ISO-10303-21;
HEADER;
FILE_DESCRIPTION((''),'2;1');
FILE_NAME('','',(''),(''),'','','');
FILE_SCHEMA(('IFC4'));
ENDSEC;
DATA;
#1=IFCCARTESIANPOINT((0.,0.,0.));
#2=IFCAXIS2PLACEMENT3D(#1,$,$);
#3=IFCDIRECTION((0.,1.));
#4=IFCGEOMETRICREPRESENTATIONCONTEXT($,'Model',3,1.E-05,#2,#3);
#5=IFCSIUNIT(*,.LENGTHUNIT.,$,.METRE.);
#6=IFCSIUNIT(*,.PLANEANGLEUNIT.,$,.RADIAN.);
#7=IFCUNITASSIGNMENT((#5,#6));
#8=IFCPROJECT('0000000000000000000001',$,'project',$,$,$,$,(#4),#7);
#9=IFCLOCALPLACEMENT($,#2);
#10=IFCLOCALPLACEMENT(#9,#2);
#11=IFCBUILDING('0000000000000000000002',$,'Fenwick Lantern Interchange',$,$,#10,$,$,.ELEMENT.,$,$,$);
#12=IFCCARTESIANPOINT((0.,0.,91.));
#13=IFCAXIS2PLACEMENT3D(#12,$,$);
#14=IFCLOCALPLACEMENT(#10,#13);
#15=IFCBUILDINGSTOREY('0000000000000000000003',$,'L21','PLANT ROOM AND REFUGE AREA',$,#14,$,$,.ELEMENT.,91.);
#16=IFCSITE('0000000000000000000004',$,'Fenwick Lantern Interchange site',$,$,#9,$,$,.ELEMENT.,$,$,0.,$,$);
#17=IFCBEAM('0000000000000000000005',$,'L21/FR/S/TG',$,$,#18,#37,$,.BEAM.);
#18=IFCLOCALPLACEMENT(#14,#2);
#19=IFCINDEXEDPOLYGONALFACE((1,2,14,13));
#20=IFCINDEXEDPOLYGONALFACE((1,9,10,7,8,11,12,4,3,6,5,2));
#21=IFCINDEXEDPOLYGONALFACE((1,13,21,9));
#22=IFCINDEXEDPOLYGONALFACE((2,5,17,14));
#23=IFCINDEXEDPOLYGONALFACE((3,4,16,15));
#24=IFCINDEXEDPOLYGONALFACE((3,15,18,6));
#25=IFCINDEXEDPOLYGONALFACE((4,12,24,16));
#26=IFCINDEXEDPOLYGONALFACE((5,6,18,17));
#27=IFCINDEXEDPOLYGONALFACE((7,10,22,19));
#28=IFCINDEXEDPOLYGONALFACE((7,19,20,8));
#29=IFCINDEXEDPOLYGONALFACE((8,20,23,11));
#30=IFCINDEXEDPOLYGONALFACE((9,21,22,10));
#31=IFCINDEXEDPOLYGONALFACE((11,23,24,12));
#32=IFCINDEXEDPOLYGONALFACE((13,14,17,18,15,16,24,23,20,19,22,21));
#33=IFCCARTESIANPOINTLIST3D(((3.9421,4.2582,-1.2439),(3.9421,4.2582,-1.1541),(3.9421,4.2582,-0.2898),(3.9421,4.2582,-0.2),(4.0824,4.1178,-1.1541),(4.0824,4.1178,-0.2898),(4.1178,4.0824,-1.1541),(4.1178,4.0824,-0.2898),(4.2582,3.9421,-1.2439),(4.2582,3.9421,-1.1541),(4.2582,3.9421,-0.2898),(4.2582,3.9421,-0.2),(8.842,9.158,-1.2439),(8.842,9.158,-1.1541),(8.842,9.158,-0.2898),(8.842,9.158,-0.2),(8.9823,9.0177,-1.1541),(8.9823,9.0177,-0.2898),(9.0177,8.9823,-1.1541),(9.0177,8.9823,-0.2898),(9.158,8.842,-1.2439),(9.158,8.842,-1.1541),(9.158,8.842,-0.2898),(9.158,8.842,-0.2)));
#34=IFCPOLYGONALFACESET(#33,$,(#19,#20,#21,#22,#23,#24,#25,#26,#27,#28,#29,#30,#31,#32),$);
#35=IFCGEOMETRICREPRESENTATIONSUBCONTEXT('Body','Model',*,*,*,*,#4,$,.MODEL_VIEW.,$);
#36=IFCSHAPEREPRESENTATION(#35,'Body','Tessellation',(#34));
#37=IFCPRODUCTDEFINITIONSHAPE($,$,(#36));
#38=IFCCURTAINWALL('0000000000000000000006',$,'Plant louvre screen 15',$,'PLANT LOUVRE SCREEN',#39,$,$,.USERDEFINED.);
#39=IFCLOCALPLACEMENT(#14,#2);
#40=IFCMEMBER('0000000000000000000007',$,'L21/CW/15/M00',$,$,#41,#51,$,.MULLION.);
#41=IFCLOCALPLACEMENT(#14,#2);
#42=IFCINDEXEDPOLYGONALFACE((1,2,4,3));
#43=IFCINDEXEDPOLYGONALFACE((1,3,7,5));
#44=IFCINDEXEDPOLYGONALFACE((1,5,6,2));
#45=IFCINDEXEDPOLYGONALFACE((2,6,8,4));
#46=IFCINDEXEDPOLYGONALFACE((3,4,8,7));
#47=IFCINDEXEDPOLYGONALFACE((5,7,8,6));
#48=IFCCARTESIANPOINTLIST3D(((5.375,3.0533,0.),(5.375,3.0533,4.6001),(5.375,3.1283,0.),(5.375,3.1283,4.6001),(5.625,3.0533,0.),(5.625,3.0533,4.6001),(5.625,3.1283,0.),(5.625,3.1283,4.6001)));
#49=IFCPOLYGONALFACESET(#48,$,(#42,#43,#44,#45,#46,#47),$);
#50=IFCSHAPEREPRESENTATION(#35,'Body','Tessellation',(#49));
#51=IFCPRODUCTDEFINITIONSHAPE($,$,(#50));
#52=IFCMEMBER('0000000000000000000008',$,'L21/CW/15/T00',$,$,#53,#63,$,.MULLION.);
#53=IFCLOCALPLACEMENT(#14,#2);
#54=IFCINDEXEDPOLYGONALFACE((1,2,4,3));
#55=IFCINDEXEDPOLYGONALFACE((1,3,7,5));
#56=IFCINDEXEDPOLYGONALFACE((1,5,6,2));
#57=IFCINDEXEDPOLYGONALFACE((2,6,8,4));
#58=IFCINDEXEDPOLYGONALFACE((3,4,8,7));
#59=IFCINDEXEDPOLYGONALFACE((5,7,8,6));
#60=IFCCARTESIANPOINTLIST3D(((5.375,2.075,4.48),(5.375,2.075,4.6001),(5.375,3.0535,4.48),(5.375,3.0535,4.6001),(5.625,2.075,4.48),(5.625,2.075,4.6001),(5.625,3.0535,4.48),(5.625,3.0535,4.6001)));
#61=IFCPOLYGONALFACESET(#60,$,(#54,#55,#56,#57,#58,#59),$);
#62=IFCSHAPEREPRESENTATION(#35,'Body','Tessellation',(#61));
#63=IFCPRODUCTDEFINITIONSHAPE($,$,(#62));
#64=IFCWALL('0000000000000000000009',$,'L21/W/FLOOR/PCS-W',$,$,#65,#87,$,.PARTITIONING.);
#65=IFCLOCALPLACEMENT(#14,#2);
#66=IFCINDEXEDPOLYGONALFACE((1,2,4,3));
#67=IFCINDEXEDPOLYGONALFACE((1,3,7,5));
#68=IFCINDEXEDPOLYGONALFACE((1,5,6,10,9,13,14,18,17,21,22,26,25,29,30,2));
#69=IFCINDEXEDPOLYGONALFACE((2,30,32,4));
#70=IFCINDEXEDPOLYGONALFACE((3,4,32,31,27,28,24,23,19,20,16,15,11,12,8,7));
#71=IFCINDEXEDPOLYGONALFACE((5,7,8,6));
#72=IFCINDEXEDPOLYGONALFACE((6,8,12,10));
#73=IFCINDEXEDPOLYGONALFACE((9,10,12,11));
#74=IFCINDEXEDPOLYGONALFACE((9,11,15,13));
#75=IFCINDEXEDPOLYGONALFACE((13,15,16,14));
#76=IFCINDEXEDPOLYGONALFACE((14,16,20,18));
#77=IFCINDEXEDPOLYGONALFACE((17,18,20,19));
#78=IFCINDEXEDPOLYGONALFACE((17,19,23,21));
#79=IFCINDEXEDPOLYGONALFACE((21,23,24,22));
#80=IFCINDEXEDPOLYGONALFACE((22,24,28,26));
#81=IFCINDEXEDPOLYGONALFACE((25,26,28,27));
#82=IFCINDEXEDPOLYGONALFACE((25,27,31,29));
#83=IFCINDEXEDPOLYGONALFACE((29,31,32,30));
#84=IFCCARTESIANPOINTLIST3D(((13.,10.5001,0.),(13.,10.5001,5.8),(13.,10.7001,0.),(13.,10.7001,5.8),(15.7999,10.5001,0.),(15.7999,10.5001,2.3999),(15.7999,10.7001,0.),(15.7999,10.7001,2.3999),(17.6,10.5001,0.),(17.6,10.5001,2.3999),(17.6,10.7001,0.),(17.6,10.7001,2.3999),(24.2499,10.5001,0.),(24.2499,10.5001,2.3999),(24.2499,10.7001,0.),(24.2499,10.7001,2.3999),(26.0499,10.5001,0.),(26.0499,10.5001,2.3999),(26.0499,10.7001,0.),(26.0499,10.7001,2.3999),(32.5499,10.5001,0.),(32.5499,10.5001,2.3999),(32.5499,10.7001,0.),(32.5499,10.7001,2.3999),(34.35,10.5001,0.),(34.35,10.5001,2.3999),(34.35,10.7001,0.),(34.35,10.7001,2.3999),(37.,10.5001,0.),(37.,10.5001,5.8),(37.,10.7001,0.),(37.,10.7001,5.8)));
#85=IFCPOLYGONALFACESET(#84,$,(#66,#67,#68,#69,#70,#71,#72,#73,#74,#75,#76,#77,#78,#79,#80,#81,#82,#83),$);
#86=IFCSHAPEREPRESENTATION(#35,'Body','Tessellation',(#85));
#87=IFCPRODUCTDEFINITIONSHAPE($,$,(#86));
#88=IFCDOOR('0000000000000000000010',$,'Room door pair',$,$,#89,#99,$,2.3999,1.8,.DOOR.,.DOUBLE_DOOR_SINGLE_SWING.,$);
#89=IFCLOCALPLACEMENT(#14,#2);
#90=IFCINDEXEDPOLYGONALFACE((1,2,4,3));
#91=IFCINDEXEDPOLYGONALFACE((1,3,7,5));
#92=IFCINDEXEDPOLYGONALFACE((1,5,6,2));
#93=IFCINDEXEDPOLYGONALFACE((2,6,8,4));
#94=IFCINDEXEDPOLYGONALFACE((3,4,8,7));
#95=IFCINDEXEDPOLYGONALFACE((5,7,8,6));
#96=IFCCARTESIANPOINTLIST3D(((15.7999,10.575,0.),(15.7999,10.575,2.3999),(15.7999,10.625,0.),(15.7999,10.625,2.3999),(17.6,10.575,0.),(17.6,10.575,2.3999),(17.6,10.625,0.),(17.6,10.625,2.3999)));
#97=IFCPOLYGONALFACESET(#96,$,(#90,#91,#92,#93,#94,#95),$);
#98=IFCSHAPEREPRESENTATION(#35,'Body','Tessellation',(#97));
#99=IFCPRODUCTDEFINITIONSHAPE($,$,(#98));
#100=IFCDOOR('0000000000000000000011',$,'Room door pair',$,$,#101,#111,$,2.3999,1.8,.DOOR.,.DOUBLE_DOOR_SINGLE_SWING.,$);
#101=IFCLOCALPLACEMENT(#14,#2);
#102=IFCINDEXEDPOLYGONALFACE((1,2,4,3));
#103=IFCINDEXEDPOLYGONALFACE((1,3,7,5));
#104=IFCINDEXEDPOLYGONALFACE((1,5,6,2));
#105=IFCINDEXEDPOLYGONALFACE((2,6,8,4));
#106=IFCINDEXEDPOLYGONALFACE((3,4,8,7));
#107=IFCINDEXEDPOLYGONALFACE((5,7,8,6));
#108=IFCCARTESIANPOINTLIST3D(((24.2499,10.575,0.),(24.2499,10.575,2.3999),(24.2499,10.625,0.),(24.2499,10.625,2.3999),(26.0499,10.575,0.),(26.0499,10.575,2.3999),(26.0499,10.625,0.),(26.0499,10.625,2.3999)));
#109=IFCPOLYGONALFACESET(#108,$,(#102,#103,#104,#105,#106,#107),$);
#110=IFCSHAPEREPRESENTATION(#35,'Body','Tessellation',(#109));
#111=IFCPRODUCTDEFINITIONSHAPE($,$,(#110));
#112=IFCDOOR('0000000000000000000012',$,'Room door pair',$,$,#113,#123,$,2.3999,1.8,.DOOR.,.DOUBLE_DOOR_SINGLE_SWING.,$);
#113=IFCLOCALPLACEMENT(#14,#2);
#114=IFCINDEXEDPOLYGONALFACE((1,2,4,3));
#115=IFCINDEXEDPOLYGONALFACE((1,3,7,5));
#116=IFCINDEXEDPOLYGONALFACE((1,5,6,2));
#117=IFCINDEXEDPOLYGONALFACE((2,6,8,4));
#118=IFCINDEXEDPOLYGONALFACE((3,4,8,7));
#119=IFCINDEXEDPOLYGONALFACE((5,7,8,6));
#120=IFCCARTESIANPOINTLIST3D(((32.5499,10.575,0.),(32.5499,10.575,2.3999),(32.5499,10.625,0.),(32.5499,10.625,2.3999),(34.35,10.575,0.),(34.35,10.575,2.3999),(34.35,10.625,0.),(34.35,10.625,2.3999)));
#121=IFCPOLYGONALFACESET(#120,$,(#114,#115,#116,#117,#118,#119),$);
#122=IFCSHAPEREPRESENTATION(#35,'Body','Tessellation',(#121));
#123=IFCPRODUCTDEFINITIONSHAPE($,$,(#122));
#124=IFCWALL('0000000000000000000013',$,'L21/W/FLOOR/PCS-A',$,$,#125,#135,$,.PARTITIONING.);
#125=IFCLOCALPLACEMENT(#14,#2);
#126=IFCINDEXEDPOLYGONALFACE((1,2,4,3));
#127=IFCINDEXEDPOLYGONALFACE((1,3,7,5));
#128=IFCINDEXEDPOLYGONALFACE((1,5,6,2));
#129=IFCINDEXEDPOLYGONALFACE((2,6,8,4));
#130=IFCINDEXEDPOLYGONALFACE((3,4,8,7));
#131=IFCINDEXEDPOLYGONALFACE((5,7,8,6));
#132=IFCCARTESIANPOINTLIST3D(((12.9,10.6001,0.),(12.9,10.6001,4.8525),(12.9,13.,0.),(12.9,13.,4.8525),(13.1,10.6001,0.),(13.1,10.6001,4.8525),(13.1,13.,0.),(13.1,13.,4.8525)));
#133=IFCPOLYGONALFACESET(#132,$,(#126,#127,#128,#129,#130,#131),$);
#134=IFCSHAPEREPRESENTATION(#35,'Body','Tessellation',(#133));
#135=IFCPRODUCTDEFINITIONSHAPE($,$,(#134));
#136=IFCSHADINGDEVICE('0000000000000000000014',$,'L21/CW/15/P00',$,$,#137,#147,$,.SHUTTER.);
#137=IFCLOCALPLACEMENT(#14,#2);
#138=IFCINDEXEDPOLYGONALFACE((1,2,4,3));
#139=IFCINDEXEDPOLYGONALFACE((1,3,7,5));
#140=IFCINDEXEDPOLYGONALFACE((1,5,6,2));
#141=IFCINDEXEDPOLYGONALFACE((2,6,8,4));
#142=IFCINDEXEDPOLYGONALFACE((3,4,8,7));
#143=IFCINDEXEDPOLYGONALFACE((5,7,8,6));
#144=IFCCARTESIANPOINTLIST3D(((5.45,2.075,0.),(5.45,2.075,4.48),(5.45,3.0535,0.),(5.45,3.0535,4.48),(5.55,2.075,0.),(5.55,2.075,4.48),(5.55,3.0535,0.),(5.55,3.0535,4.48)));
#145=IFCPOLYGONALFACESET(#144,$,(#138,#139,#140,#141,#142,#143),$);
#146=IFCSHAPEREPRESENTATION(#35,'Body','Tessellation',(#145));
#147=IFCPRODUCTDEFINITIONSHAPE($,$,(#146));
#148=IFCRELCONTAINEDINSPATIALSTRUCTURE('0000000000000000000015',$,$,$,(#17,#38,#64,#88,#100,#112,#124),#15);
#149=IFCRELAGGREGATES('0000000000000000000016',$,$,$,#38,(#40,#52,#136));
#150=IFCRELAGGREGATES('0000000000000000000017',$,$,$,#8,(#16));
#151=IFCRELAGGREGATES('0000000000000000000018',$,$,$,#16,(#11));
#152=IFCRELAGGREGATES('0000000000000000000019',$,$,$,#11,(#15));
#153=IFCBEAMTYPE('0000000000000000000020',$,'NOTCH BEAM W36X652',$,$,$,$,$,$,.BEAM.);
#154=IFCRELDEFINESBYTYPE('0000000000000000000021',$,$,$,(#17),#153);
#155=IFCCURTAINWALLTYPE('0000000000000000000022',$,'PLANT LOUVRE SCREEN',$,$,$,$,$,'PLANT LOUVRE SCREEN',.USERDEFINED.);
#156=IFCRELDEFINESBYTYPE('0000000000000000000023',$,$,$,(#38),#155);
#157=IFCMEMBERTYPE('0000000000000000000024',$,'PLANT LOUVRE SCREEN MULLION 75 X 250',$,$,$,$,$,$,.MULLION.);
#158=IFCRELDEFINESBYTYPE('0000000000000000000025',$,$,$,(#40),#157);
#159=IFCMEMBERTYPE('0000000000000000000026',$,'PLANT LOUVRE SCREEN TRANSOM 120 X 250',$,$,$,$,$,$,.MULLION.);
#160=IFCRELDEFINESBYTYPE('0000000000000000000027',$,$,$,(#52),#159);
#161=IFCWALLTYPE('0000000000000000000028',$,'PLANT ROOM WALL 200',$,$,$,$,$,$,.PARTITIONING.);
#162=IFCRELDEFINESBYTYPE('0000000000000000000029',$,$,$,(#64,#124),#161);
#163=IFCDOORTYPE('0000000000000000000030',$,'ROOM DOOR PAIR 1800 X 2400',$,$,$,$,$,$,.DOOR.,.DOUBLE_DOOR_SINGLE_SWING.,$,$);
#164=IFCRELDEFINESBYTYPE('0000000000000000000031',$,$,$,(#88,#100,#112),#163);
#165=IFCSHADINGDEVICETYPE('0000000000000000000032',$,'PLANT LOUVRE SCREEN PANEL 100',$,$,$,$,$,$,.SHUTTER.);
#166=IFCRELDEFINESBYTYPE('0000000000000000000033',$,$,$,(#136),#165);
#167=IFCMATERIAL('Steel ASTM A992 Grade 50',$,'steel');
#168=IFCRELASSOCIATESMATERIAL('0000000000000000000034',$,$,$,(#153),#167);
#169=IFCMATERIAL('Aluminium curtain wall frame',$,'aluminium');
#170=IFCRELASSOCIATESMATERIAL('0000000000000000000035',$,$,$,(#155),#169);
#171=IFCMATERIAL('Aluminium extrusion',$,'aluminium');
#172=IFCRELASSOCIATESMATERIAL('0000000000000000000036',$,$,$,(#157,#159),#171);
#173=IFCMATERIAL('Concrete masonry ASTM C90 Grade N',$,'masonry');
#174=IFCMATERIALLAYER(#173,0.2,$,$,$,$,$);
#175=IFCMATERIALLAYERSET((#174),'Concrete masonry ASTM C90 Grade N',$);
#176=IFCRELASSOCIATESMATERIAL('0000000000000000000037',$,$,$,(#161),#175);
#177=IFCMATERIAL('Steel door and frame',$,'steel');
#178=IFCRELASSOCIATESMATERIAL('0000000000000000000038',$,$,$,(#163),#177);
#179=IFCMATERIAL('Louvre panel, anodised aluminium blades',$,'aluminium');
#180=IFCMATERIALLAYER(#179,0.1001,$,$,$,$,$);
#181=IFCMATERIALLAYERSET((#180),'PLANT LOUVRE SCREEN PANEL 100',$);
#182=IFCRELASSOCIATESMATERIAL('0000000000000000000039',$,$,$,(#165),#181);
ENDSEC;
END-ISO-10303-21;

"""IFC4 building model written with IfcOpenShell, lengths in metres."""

from ifc_helpers import new_model, si_unit, direction, frame, frame_2d, origin, origin_2d, place, context, subcontext, project, spatial, rectangle, i_section, extrude, material, layer, layer_set, material_profile, profile_set, type_object, element, fill, aggregate, save


model = new_model("IFC4")

# Units and contexts
model_context = context("Model", 3, precision=1e-05, world=origin(), true_north=direction((0.0, 1.0)))
body_context = subcontext(model_context, "Body", "Model", "MODEL_VIEW")
ifc_project = project(units=[si_unit("LENGTHUNIT", "METRE"), si_unit("PLANEANGLEUNIT", "RADIAN")], contexts=[model_context])

# Site, building, storey
site_placement = place(None, origin())
site = spatial("IfcSite", under=ifc_project, at=site_placement, Name="Fenwick Lantern Interchange site", CompositionType="ELEMENT", RefElevation=0.0)
building_placement = place(site_placement, origin())
building = spatial("IfcBuilding", under=site, at=building_placement, Name="Fenwick Lantern Interchange", CompositionType="ELEMENT")
storey_placement = place(building_placement, frame((0.0, 0.0, 91.0)))
storey = spatial("IfcBuildingStorey", under=building, at=storey_placement, Name="L21", Description="PLANT ROOM AND REFUGE AREA", CompositionType="ELEMENT", Elevation=91.0)

# Beam
ifc_material_1 = material(Name="Steel ASTM A992 Grade 50", Category="steel")
ifc_material_profile_1 = material_profile(ifc_material_1, i_section(OverallWidth=0.447, OverallDepth=1.0439, WebThickness=0.05, FlangeThickness=0.0898, at=origin_2d()), Name="W36X652")
ifc_profile_set_1 = profile_set([ifc_material_profile_1], Name="Steel ASTM A992 Grade 50")
beam_type_1 = type_object("IfcBeamType", Name="NOTCH BEAM W36X652", PredefinedType="BEAM", material=ifc_profile_set_1)
beam_1_placement = place(storey_placement, frame((9.0, 9.0, -0.7219), z_axis=(-0.707107, -0.707107, 0.0), x_axis=(0.707107, -0.707107, 0.0)))
element("IfcBeam", 1, at=beam_1_placement, inside=storey, type_object=beam_type_1, Name="L21/FR/S/TG", PredefinedType="BEAM", context=body_context, shape_type="SweptSolid", body=[
    extrude(i_section(OverallWidth=0.447, OverallDepth=1.0439, WebThickness=0.05, FlangeThickness=0.0898, at=origin_2d()), origin(), (0.0, 0.0, 1.0), 6.9294),
])

# Curtain wall, members
ifc_material_2 = material(Name="Aluminium curtain wall frame", Category="aluminium")
curtain_wall_type = type_object("IfcCurtainWallType", Name="PLANT LOUVRE SCREEN", ElementType="PLANT LOUVRE SCREEN", PredefinedType="USERDEFINED", material=ifc_material_2)
curtain_wall_placement = place(storey_placement, origin())
curtain_wall = element("IfcCurtainWall", 2, at=curtain_wall_placement, inside=storey, type_object=curtain_wall_type, Name="Plant louvre screen 15", ObjectType="PLANT LOUVRE SCREEN", PredefinedType="USERDEFINED")
ifc_material_3 = material(Name="Aluminium extrusion", Category="aluminium")
ifc_material_profile_2 = material_profile(ifc_material_3, rectangle(XDim=0.25, YDim=0.075, at=origin_2d()), Name="PLANT LOUVRE SCREEN MULLION 75 X 250")
ifc_profile_set_2 = profile_set([ifc_material_profile_2], Name="Aluminium extrusion")
member_type_1 = type_object("IfcMemberType", Name="PLANT LOUVRE SCREEN MULLION 75 X 250", PredefinedType="MULLION", material=ifc_profile_set_2)
member_1_placement = place(storey_placement, frame((5.5, 3.0908, 0.0), z_axis=(0.0, 0.0, 1.0), x_axis=(1.0, 0.0, 0.0)))
member_1 = element("IfcMember", 3, at=member_1_placement, type_object=member_type_1, Name="L21/CW/15/M00", PredefinedType="MULLION", context=body_context, shape_type="SweptSolid", body=[
    extrude(rectangle(XDim=0.25, YDim=0.075, at=origin_2d()), origin(), (0.0, 0.0, 1.0), 4.6001),
])
ifc_material_profile_3 = material_profile(ifc_material_3, rectangle(XDim=0.25, YDim=0.1201, at=origin_2d()), Name="PLANT LOUVRE SCREEN TRANSOM 120 X 250")
ifc_profile_set_3 = profile_set([ifc_material_profile_3], Name="Aluminium extrusion")
member_type_2 = type_object("IfcMemberType", Name="PLANT LOUVRE SCREEN TRANSOM 120 X 250", PredefinedType="MULLION", material=ifc_profile_set_3)
member_2_placement = place(storey_placement, frame((5.5, 3.0535, 4.54), z_axis=(0.0, -1.0, 0.0), x_axis=(1.0, 0.0, 0.0)))
member_2 = element("IfcMember", 4, at=member_2_placement, type_object=member_type_2, Name="L21/CW/15/T00", PredefinedType="MULLION", context=body_context, shape_type="SweptSolid", body=[
    extrude(rectangle(XDim=0.25, YDim=0.1201, at=origin_2d()), origin(), (0.0, 0.0, 1.0), 0.9785),
])

# Wall, openings, doors
ifc_material_4 = material(Name="Concrete masonry ASTM C90 Grade N", Category="masonry")
ifc_layer_1 = layer(ifc_material_4, 0.2)
ifc_layer_set_1 = layer_set([ifc_layer_1], Name="Concrete masonry ASTM C90 Grade N")
wall_type = type_object("IfcWallType", Name="PLANT ROOM WALL 200", PredefinedType="PARTITIONING", material=ifc_layer_set_1)
wall_1_placement = place(storey_placement, frame((13.0, 10.6001, 0.0), z_axis=(0.0, 0.0, 1.0), x_axis=(1.0, 0.0, 0.0)))
wall_1 = element("IfcWall", 5, at=wall_1_placement, inside=storey, type_object=wall_type, Name="L21/W/FLOOR/PCS-W", PredefinedType="PARTITIONING", context=body_context, shape_type="SweptSolid", body=[
    extrude(rectangle(XDim=24.0, YDim=0.2, at=frame_2d((12.0, 0.0))), origin(), (0.0, 0.0, 1.0), 5.8),
])
opening_1_placement = place(wall_1_placement, frame((2.8, 0.0, 0.0)))
opening_1 = element("IfcOpeningElement", 6, at=opening_1_placement, cuts=wall_1, PredefinedType="OPENING", context=body_context, shape_type="SweptSolid", body=[
    extrude(rectangle(XDim=1.8, YDim=2.3999, at=frame_2d((0.8999, 1.2))), frame((0.0, 0.1099, 0.0), z_axis=(0.0, -1.0, 0.0), x_axis=(1.0, 0.0, 0.0)), (0.0, 0.0, 1.0), 0.22),
])
opening_2_placement = place(wall_1_placement, frame((11.25, 0.0, 0.0)))
opening_2 = element("IfcOpeningElement", 7, at=opening_2_placement, cuts=wall_1, PredefinedType="OPENING", context=body_context, shape_type="SweptSolid", body=[
    extrude(rectangle(XDim=1.8, YDim=2.3999, at=frame_2d((0.8999, 1.2))), frame((0.0, 0.1099, 0.0), z_axis=(0.0, -1.0, 0.0), x_axis=(1.0, 0.0, 0.0)), (0.0, 0.0, 1.0), 0.22),
])
opening_3_placement = place(wall_1_placement, frame((19.55, 0.0, 0.0)))
opening_3 = element("IfcOpeningElement", 8, at=opening_3_placement, cuts=wall_1, PredefinedType="OPENING", context=body_context, shape_type="SweptSolid", body=[
    extrude(rectangle(XDim=1.8, YDim=2.3999, at=frame_2d((0.8999, 1.2))), frame((0.0, 0.1099, 0.0), z_axis=(0.0, -1.0, 0.0), x_axis=(1.0, 0.0, 0.0)), (0.0, 0.0, 1.0), 0.22),
])
ifc_material_5 = material(Name="Steel door and frame", Category="steel")
door_type = type_object("IfcDoorType", Name="ROOM DOOR PAIR 1800 X 2400", OperationType="DOUBLE_DOOR_SINGLE_SWING", PredefinedType="DOOR", material=ifc_material_5)
door_1_placement = place(opening_1_placement, origin())
door_1 = element("IfcDoor", 9, at=door_1_placement, inside=storey, type_object=door_type, Name="Room door pair", OperationType="DOUBLE_DOOR_SINGLE_SWING", OverallHeight=2.3999, OverallWidth=1.8, PredefinedType="DOOR", context=body_context, shape_type="SweptSolid", body=[
    extrude(rectangle(XDim=1.8, YDim=2.3999, at=frame_2d((0.8999, 1.2))), frame((0.0, 0.0249, 0.0), z_axis=(0.0, -1.0, 0.0), x_axis=(1.0, 0.0, 0.0)), (0.0, 0.0, 1.0), 0.05),
])
fill(opening_1, door_1)
door_2_placement = place(opening_2_placement, origin())
door_2 = element("IfcDoor", 10, at=door_2_placement, inside=storey, type_object=door_type, Name="Room door pair", OperationType="DOUBLE_DOOR_SINGLE_SWING", OverallHeight=2.3999, OverallWidth=1.8, PredefinedType="DOOR", context=body_context, shape_type="SweptSolid", body=[
    extrude(rectangle(XDim=1.8, YDim=2.3999, at=frame_2d((0.8999, 1.2))), frame((0.0, 0.0249, 0.0), z_axis=(0.0, -1.0, 0.0), x_axis=(1.0, 0.0, 0.0)), (0.0, 0.0, 1.0), 0.05),
])
fill(opening_2, door_2)
door_3_placement = place(opening_3_placement, origin())
door_3 = element("IfcDoor", 11, at=door_3_placement, inside=storey, type_object=door_type, Name="Room door pair", OperationType="DOUBLE_DOOR_SINGLE_SWING", OverallHeight=2.3999, OverallWidth=1.8, PredefinedType="DOOR", context=body_context, shape_type="SweptSolid", body=[
    extrude(rectangle(XDim=1.8, YDim=2.3999, at=frame_2d((0.8999, 1.2))), frame((0.0, 0.0249, 0.0), z_axis=(0.0, -1.0, 0.0), x_axis=(1.0, 0.0, 0.0)), (0.0, 0.0, 1.0), 0.05),
])
fill(opening_3, door_3)

# Wall
wall_2_placement = place(storey_placement, frame((13.0, 10.6001, 0.0), z_axis=(0.0, 0.0, 1.0), x_axis=(0.0, 1.0, 0.0)))
element("IfcWall", 12, at=wall_2_placement, inside=storey, type_object=wall_type, Name="L21/W/FLOOR/PCS-A", PredefinedType="PARTITIONING", context=body_context, shape_type="SweptSolid", body=[
    extrude(rectangle(XDim=2.3999, YDim=0.2, at=frame_2d((1.2, 0.0))), origin(), (0.0, 0.0, 1.0), 4.8525),
])

# Shading device
ifc_material_6 = material(Name="Louvre panel, anodised aluminium blades", Category="aluminium")
ifc_layer_2 = layer(ifc_material_6, 0.1001)
ifc_layer_set_2 = layer_set([ifc_layer_2], Name="PLANT LOUVRE SCREEN PANEL 100")
shading_device_type = type_object("IfcShadingDeviceType", Name="PLANT LOUVRE SCREEN PANEL 100", PredefinedType="SHUTTER", material=ifc_layer_set_2)
shading_device_placement = place(storey_placement, frame((5.5, 2.5642, 0.0), z_axis=(0.0, 0.0, 1.0), x_axis=(0.0, -1.0, 0.0)))
shading_device = element("IfcShadingDevice", 13, at=shading_device_placement, type_object=shading_device_type, Name="L21/CW/15/P00", PredefinedType="SHUTTER", context=body_context, shape_type="SweptSolid", body=[
    extrude(rectangle(XDim=0.9785, YDim=0.1001, at=origin_2d()), origin(), (0.0, 0.0, 1.0), 4.48),
])
aggregate(curtain_wall, [member_1, member_2, shading_device])

save(model, "model.ifc")
